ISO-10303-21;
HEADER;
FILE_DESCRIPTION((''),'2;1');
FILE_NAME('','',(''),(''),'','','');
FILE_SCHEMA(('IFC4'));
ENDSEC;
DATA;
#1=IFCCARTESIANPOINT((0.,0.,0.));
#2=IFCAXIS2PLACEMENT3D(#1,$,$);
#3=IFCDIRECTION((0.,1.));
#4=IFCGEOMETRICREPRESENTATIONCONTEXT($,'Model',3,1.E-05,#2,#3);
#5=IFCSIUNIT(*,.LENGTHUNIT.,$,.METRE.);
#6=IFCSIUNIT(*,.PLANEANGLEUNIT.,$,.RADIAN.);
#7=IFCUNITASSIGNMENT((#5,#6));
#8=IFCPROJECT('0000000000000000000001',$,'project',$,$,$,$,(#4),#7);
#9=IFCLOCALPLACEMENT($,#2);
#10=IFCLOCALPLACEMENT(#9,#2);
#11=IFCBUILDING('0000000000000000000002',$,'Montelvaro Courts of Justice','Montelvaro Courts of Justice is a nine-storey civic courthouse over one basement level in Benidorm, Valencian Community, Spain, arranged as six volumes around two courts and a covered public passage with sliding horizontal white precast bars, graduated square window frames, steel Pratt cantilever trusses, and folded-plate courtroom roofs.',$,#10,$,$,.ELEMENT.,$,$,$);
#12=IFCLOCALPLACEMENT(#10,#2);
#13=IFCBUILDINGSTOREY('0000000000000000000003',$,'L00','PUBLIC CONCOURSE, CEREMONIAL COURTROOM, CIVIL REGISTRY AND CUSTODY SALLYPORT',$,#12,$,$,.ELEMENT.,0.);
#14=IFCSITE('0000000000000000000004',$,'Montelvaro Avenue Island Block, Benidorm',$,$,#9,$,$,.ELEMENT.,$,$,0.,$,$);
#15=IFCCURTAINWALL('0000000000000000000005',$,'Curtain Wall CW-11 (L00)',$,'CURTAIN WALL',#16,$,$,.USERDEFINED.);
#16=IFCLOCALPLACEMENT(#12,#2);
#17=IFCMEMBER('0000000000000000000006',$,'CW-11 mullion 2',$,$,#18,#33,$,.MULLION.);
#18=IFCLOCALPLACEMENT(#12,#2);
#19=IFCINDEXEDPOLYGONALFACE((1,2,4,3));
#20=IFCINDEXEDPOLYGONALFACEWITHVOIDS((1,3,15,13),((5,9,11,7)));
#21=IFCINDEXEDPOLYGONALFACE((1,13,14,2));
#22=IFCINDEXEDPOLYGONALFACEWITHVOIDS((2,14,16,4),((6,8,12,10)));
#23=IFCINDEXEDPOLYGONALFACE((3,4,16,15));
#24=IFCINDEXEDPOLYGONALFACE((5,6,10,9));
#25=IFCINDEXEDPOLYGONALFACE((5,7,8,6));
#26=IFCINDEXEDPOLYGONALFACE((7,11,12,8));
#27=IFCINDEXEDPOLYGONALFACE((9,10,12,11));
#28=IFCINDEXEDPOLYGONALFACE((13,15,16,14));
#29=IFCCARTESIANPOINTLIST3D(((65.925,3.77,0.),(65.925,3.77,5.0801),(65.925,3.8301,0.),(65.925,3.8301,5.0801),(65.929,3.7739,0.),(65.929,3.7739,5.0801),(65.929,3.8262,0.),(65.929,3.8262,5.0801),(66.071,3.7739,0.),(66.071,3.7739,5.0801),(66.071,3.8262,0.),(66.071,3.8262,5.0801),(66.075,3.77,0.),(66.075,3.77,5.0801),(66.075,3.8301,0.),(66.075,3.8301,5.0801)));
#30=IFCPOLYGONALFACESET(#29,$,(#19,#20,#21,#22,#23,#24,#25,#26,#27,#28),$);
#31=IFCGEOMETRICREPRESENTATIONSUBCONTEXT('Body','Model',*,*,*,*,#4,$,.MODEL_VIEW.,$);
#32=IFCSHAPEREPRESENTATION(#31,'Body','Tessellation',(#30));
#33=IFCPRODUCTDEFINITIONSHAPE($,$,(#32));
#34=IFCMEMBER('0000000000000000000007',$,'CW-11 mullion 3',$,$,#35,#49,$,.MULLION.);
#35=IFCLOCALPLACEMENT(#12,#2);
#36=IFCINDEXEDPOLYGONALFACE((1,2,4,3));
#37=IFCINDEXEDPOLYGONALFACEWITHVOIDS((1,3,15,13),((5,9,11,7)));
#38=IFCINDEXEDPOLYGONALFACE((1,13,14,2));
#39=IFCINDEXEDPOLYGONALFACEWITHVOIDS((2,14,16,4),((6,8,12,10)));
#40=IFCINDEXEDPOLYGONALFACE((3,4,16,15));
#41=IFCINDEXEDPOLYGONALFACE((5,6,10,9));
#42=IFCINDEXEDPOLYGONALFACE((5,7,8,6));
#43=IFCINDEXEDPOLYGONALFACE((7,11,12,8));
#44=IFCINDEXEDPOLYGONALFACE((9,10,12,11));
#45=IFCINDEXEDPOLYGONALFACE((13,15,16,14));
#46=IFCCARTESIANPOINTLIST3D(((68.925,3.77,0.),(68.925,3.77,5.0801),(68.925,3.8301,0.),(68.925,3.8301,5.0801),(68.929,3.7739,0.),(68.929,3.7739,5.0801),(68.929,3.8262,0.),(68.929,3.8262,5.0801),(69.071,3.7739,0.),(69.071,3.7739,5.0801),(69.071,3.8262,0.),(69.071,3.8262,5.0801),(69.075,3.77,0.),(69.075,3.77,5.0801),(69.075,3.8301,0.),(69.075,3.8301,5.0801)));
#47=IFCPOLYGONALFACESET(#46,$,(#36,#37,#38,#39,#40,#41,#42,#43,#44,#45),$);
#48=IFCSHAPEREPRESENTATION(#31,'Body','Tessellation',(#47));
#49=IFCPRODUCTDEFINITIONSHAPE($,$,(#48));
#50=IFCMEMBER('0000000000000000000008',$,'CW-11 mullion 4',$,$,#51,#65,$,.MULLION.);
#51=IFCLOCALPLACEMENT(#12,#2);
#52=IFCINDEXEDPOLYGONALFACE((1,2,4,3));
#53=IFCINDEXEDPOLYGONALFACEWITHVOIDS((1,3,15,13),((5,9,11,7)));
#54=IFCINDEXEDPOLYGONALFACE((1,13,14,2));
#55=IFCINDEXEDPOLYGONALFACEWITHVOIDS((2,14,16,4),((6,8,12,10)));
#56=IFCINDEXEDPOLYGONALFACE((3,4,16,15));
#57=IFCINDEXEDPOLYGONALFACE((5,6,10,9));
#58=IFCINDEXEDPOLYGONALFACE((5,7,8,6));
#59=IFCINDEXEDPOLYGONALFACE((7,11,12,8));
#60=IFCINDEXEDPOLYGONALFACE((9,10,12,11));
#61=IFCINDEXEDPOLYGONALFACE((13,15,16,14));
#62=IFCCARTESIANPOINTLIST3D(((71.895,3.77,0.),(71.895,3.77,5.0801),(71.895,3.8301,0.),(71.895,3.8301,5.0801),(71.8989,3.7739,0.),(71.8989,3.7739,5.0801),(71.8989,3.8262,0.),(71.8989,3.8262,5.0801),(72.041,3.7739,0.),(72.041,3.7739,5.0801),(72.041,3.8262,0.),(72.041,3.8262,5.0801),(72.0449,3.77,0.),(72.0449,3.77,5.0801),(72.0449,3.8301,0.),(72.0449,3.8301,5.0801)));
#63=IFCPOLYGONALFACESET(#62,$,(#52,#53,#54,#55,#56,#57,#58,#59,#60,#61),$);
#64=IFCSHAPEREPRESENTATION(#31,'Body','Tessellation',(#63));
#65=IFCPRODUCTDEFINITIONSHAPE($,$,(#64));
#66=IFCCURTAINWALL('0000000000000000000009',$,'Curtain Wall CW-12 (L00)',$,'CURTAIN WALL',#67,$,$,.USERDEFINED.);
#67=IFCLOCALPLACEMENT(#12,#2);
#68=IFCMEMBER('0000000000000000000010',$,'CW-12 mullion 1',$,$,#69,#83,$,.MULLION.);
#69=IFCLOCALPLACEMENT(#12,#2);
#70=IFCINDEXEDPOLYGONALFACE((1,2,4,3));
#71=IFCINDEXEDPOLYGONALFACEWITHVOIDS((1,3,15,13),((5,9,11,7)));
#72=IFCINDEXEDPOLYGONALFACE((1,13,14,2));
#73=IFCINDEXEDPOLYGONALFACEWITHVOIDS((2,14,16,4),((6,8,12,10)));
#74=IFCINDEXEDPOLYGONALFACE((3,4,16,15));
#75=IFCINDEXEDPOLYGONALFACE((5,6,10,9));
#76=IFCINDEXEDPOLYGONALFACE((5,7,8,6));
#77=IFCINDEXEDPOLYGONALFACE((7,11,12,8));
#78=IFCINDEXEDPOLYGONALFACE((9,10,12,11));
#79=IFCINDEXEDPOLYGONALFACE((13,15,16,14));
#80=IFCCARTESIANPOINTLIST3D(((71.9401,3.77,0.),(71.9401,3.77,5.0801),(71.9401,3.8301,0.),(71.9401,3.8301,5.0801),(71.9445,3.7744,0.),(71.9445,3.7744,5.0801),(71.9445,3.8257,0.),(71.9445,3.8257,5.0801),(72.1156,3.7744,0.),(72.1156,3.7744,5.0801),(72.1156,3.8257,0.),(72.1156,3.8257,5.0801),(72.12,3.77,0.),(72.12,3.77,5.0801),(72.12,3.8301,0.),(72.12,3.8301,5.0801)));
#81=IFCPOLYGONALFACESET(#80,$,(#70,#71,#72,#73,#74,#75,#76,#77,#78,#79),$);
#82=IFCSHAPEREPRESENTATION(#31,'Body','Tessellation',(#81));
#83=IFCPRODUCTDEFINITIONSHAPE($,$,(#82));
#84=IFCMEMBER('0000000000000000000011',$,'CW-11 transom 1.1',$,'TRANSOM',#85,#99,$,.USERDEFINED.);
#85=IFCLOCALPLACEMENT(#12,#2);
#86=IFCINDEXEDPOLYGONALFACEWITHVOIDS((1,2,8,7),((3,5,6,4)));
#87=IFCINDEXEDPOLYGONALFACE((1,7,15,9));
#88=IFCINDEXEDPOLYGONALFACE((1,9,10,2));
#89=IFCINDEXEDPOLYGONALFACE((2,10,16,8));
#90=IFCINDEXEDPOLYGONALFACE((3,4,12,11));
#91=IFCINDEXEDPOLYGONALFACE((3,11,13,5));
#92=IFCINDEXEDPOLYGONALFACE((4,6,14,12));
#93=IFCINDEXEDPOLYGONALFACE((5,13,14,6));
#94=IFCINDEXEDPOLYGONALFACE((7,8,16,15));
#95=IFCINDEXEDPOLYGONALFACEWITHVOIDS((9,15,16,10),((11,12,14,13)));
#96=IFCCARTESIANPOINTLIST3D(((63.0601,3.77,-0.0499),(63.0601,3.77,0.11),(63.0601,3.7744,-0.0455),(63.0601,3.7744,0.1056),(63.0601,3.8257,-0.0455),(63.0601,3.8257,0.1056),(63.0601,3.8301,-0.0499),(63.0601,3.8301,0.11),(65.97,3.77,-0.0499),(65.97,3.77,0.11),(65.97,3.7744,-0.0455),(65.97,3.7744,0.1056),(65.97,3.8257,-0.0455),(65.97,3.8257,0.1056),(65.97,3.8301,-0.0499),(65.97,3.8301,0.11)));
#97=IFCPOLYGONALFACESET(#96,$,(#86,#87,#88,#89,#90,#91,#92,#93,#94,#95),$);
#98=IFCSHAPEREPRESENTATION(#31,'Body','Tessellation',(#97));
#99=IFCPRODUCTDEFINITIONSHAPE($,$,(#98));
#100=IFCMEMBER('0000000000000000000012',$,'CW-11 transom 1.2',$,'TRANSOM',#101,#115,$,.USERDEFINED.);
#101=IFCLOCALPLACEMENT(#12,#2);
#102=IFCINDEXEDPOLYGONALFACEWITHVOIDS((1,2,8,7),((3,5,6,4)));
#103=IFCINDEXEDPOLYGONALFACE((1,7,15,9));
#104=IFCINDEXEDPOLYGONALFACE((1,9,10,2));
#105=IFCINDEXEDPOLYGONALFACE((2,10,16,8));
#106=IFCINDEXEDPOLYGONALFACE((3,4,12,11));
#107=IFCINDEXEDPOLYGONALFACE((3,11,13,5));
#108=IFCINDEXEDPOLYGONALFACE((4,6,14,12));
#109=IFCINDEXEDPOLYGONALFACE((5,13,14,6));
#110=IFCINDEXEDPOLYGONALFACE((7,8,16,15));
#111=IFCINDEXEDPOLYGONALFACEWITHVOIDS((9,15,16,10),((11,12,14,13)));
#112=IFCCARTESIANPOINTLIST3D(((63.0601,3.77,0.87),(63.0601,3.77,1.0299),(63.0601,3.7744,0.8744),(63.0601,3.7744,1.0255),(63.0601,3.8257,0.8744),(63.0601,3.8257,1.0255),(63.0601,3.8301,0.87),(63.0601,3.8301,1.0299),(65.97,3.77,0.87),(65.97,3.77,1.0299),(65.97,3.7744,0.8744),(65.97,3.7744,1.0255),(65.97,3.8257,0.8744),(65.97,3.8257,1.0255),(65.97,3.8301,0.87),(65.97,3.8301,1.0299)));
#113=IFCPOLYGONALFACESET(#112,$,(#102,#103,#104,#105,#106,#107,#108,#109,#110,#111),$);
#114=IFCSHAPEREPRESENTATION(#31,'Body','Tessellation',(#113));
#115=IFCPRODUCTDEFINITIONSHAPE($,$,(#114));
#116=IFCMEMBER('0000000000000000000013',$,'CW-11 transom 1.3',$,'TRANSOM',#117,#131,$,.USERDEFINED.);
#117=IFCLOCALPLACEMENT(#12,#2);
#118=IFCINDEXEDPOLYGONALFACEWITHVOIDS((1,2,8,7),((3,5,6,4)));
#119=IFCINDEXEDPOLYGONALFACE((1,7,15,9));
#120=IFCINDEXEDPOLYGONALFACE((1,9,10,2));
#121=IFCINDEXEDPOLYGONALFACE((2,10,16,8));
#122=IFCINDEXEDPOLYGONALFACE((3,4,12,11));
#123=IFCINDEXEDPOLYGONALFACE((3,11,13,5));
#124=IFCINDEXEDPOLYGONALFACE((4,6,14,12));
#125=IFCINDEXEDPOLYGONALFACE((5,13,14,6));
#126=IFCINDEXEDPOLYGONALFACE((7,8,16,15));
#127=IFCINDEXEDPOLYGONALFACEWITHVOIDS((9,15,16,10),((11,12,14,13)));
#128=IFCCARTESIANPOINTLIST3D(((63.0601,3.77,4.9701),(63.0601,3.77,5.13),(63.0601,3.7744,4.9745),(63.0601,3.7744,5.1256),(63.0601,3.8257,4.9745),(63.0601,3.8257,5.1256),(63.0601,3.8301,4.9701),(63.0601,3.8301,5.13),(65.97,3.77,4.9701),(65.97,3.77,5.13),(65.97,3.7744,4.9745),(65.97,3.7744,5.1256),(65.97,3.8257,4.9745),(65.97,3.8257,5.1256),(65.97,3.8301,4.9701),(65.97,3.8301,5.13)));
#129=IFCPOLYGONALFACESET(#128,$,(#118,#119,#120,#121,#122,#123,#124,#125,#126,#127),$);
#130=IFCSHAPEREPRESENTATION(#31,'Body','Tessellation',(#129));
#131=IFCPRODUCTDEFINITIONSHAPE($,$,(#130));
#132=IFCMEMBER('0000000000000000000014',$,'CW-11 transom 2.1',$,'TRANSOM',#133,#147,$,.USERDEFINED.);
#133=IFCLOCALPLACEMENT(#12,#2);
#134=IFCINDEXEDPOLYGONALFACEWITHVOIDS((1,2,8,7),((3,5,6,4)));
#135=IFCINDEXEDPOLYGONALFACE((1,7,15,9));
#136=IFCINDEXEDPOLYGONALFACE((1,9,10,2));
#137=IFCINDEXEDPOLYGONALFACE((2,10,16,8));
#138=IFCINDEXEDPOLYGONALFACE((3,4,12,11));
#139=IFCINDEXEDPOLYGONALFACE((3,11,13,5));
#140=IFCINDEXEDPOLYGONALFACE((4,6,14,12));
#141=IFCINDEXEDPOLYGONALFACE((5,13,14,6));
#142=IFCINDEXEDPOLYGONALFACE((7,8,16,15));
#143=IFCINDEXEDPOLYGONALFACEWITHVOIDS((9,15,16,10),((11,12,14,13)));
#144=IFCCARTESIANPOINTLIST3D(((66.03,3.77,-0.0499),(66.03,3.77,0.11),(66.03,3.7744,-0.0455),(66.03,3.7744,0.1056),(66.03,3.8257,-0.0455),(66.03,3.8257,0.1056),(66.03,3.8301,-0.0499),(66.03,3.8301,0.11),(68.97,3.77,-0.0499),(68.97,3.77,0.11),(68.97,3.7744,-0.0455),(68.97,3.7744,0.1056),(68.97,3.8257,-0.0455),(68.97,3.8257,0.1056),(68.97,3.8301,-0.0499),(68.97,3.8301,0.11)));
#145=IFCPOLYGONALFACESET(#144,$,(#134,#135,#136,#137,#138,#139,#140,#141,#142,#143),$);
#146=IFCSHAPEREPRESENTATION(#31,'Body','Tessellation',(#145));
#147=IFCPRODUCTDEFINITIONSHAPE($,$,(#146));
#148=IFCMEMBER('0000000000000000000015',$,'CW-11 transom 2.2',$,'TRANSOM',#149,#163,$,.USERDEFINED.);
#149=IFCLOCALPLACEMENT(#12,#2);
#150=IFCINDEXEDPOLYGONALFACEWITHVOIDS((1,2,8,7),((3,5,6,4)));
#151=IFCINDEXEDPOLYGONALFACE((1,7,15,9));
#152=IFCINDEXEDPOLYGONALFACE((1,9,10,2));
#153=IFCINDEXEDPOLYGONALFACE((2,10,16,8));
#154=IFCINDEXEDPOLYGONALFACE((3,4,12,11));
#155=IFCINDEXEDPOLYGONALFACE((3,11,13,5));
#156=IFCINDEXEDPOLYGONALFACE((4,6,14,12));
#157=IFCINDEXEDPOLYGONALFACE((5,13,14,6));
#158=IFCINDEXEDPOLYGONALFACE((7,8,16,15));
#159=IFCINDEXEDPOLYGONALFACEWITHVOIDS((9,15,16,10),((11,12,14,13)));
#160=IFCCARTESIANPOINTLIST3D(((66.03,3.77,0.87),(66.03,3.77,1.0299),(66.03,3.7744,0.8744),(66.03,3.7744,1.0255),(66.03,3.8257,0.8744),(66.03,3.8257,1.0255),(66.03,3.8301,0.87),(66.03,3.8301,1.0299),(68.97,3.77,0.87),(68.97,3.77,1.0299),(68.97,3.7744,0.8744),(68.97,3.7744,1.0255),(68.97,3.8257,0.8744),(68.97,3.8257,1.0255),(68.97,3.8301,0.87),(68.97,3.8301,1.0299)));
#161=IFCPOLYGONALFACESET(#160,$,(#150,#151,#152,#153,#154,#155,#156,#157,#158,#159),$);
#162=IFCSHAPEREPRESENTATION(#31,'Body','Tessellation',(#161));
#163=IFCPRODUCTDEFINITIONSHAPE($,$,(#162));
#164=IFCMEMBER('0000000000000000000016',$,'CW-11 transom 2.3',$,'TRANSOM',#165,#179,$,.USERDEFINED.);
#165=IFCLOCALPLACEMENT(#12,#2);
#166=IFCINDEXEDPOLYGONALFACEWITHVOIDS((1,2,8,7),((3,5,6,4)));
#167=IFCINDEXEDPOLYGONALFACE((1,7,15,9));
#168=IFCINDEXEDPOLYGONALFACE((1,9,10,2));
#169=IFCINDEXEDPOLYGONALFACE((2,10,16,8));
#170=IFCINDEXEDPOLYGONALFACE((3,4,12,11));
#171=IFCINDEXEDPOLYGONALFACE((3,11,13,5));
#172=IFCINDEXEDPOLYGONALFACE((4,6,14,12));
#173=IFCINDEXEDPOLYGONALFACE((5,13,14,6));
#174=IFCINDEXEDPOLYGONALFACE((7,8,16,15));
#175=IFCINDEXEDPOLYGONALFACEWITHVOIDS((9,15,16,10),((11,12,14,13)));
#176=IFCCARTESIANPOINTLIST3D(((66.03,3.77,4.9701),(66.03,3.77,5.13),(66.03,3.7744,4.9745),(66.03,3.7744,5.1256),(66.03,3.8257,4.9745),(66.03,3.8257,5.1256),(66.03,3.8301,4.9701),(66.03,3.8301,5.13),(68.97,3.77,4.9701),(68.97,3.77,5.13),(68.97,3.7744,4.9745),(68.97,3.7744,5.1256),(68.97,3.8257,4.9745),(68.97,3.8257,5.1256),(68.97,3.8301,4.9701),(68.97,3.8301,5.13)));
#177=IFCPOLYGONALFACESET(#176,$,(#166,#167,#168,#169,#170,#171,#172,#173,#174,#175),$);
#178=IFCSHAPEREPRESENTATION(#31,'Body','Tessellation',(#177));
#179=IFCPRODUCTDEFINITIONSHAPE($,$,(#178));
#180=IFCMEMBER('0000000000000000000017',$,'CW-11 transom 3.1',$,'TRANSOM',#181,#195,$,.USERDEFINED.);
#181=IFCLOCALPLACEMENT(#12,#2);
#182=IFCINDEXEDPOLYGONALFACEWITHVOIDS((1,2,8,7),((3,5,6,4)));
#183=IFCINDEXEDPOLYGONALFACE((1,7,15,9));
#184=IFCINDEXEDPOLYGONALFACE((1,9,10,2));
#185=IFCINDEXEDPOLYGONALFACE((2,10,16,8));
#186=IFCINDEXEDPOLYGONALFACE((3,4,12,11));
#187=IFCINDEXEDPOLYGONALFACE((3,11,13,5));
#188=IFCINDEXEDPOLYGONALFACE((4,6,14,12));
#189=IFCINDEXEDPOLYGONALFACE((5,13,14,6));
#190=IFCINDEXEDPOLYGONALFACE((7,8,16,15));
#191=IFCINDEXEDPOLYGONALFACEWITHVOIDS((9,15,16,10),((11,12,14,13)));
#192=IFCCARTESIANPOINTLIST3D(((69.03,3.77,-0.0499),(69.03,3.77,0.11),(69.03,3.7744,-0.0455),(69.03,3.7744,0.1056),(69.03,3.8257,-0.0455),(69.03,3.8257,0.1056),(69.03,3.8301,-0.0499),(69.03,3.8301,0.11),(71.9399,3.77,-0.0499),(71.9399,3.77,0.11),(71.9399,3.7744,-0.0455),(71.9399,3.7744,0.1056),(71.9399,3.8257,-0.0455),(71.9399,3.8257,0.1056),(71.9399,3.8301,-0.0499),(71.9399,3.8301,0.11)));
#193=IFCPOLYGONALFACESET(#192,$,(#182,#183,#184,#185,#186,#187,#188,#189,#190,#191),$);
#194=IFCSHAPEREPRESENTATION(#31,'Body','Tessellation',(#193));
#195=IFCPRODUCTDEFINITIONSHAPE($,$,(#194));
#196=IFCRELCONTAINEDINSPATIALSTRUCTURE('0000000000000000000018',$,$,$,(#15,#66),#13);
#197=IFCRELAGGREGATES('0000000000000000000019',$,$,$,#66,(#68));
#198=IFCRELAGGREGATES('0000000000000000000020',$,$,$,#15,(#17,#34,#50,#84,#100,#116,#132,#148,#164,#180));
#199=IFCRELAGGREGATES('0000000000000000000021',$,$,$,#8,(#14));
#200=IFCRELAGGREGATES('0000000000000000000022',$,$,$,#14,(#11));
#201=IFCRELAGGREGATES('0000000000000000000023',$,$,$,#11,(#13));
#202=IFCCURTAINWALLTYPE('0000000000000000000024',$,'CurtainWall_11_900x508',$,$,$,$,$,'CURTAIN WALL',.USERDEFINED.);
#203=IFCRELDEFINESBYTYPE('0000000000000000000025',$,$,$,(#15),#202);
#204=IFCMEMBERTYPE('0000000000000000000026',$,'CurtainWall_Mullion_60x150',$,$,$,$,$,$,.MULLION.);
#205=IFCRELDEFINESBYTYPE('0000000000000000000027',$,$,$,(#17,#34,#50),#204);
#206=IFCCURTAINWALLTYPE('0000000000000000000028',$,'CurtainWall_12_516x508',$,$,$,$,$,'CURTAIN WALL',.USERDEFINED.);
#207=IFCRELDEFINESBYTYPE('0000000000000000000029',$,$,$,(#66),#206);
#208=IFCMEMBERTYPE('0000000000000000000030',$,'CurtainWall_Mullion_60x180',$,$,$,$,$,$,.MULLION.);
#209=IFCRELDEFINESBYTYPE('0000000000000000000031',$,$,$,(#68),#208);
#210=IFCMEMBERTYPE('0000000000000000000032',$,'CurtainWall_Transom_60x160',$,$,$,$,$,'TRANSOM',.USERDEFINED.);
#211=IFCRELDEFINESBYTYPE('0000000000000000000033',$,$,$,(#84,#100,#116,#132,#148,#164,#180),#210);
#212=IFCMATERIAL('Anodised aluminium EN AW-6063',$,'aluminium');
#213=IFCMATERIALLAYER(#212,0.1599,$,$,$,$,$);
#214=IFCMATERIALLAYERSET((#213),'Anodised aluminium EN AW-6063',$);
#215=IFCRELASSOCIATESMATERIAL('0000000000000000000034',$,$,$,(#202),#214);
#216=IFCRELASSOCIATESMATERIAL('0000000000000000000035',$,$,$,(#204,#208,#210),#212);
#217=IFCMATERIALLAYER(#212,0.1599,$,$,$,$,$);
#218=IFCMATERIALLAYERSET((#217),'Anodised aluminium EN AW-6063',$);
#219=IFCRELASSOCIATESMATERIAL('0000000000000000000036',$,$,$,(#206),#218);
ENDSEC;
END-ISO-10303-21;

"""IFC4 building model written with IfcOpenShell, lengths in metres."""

from ifc_helpers import new_model, si_unit, direction, frame, origin, origin_2d, place, context, subcontext, project, spatial, hollow_rectangle, extrude, material, layer, layer_set, material_profile, profile_set, type_object, element, aggregate, save


model = new_model("IFC4")

# Units and contexts
model_context = context("Model", 3, precision=1e-05, world=origin(), true_north=direction((0.0, 1.0)))
body_context = subcontext(model_context, "Body", "Model", "MODEL_VIEW")
ifc_project = project(units=[si_unit("LENGTHUNIT", "METRE"), si_unit("PLANEANGLEUNIT", "RADIAN")], contexts=[model_context])

# Site, building, storey
site_placement = place(None, origin())
site = spatial("IfcSite", under=ifc_project, at=site_placement, Name="Montelvaro Avenue Island Block, Benidorm", CompositionType="ELEMENT", RefElevation=0.0)
building_placement = place(site_placement, origin())
building = spatial("IfcBuilding", under=site, at=building_placement, Name="Montelvaro Courts of Justice", Description="Montelvaro Courts of Justice is a nine-storey civic courthouse over one basement level in Benidorm, Valencian Community, Spain, arranged as six volumes around two courts and a covered public passage with sliding horizontal white precast bars, graduated square window frames, steel Pratt cantilever trusses, and folded-plate courtroom roofs.", CompositionType="ELEMENT")
storey_placement = place(building_placement, origin())
storey = spatial("IfcBuildingStorey", under=building, at=storey_placement, Name="L00", Description="PUBLIC CONCOURSE, CEREMONIAL COURTROOM, CIVIL REGISTRY AND CUSTODY SALLYPORT", CompositionType="ELEMENT", Elevation=0.0)

# Curtain wall, members
ifc_material_1 = material(Name="Anodised aluminium EN AW-6063", Category="aluminium")
ifc_layer_1 = layer(ifc_material_1, 0.1599)
ifc_layer_set_1 = layer_set([ifc_layer_1], Name="Anodised aluminium EN AW-6063")
curtain_wall_type_1 = type_object("IfcCurtainWallType", Name="CurtainWall_11_900x508", ElementType="CURTAIN WALL", PredefinedType="USERDEFINED", material=ifc_layer_set_1)
curtain_wall_1_placement = place(storey_placement, origin())
curtain_wall_1 = element("IfcCurtainWall", 1, at=curtain_wall_1_placement, inside=storey, type_object=curtain_wall_type_1, Name="Curtain Wall CW-11 (L00)", ObjectType="CURTAIN WALL", PredefinedType="USERDEFINED")
ifc_material_profile_1 = material_profile(ifc_material_1, hollow_rectangle(XDim=0.0601, YDim=0.1499, WallThickness=0.0039, at=origin_2d()), Name="ALU-M 60x150")
ifc_profile_set_1 = profile_set([ifc_material_profile_1], Name="Anodised aluminium EN AW-6063")
member_type_1 = type_object("IfcMemberType", Name="CurtainWall_Mullion_60x150", PredefinedType="MULLION", material=ifc_profile_set_1)
member_1_placement = place(storey_placement, frame((66.0, 3.8, 0.0), z_axis=(0.0, 0.0, 1.0), x_axis=(0.0, 1.0, 0.0)))
member_1 = element("IfcMember", 2, at=member_1_placement, type_object=member_type_1, Name="CW-11 mullion 2", PredefinedType="MULLION", context=body_context, shape_type="SweptSolid", body=[
    extrude(hollow_rectangle(XDim=0.0601, YDim=0.1499, WallThickness=0.0039, at=origin_2d()), origin(), (0.0, 0.0, 1.0), 5.0801),
])
member_2_placement = place(storey_placement, frame((69.0, 3.8, 0.0), z_axis=(0.0, 0.0, 1.0), x_axis=(0.0, 1.0, 0.0)))
member_2 = element("IfcMember", 3, at=member_2_placement, type_object=member_type_1, Name="CW-11 mullion 3", PredefinedType="MULLION", context=body_context, shape_type="SweptSolid", body=[
    extrude(hollow_rectangle(XDim=0.0601, YDim=0.1499, WallThickness=0.0039, at=origin_2d()), origin(), (0.0, 0.0, 1.0), 5.0801),
])
member_3_placement = place(storey_placement, frame((71.97, 3.8, 0.0), z_axis=(0.0, 0.0, 1.0), x_axis=(0.0, 1.0, 0.0)))
member_3 = element("IfcMember", 4, at=member_3_placement, type_object=member_type_1, Name="CW-11 mullion 4", PredefinedType="MULLION", context=body_context, shape_type="SweptSolid", body=[
    extrude(hollow_rectangle(XDim=0.0601, YDim=0.1499, WallThickness=0.0039, at=origin_2d()), origin(), (0.0, 0.0, 1.0), 5.0801),
])

# Curtain wall, member
ifc_layer_2 = layer(ifc_material_1, 0.1599)
ifc_layer_set_2 = layer_set([ifc_layer_2], Name="Anodised aluminium EN AW-6063")
curtain_wall_type_2 = type_object("IfcCurtainWallType", Name="CurtainWall_12_516x508", ElementType="CURTAIN WALL", PredefinedType="USERDEFINED", material=ifc_layer_set_2)
curtain_wall_2_placement = place(storey_placement, origin())
curtain_wall_2 = element("IfcCurtainWall", 5, at=curtain_wall_2_placement, inside=storey, type_object=curtain_wall_type_2, Name="Curtain Wall CW-12 (L00)", ObjectType="CURTAIN WALL", PredefinedType="USERDEFINED")
ifc_material_profile_2 = material_profile(ifc_material_1, hollow_rectangle(XDim=0.0601, YDim=0.1799, WallThickness=0.0044, at=origin_2d()), Name="ALU-M 60x180")
ifc_profile_set_2 = profile_set([ifc_material_profile_2], Name="Anodised aluminium EN AW-6063")
member_type_2 = type_object("IfcMemberType", Name="CurtainWall_Mullion_60x180", PredefinedType="MULLION", material=ifc_profile_set_2)
member_4_placement = place(storey_placement, frame((72.03, 3.8, 0.0), z_axis=(0.0, 0.0, 1.0), x_axis=(0.0, 1.0, 0.0)))
member_4 = element("IfcMember", 6, at=member_4_placement, type_object=member_type_2, Name="CW-12 mullion 1", PredefinedType="MULLION", context=body_context, shape_type="SweptSolid", body=[
    extrude(hollow_rectangle(XDim=0.0601, YDim=0.1799, WallThickness=0.0044, at=origin_2d()), origin(), (0.0, 0.0, 1.0), 5.0801),
])

# Members
ifc_material_profile_3 = material_profile(ifc_material_1, hollow_rectangle(XDim=0.0601, YDim=0.1599, WallThickness=0.0044, at=origin_2d()), Name="ALU-T 60x160")
ifc_profile_set_3 = profile_set([ifc_material_profile_3], Name="Anodised aluminium EN AW-6063")
member_type_3 = type_object("IfcMemberType", Name="CurtainWall_Transom_60x160", ElementType="TRANSOM", PredefinedType="USERDEFINED", material=ifc_profile_set_3)
member_5_placement = place(storey_placement, frame((63.0601, 3.8, 0.03), z_axis=(1.0, 0.0, 0.0), x_axis=(0.0, 1.0, 0.0)))
member_5 = element("IfcMember", 7, at=member_5_placement, type_object=member_type_3, Name="CW-11 transom 1.1", ObjectType="TRANSOM", PredefinedType="USERDEFINED", context=body_context, shape_type="SweptSolid", body=[
    extrude(hollow_rectangle(XDim=0.0601, YDim=0.1599, WallThickness=0.0044, at=origin_2d()), origin(), (0.0, 0.0, 1.0), 2.9099),
])
member_6_placement = place(storey_placement, frame((63.0601, 3.8, 0.95), z_axis=(1.0, 0.0, 0.0), x_axis=(0.0, 1.0, 0.0)))
member_6 = element("IfcMember", 8, at=member_6_placement, type_object=member_type_3, Name="CW-11 transom 1.2", ObjectType="TRANSOM", PredefinedType="USERDEFINED", context=body_context, shape_type="SweptSolid", body=[
    extrude(hollow_rectangle(XDim=0.0601, YDim=0.1599, WallThickness=0.0044, at=origin_2d()), origin(), (0.0, 0.0, 1.0), 2.9099),
])
member_7_placement = place(storey_placement, frame((63.0601, 3.8, 5.05), z_axis=(1.0, 0.0, 0.0), x_axis=(0.0, 1.0, 0.0)))
member_7 = element("IfcMember", 9, at=member_7_placement, type_object=member_type_3, Name="CW-11 transom 1.3", ObjectType="TRANSOM", PredefinedType="USERDEFINED", context=body_context, shape_type="SweptSolid", body=[
    extrude(hollow_rectangle(XDim=0.0601, YDim=0.1599, WallThickness=0.0044, at=origin_2d()), origin(), (0.0, 0.0, 1.0), 2.9099),
])
member_8_placement = place(storey_placement, frame((66.03, 3.8, 0.03), z_axis=(1.0, 0.0, 0.0), x_axis=(0.0, 1.0, 0.0)))
member_8 = element("IfcMember", 10, at=member_8_placement, type_object=member_type_3, Name="CW-11 transom 2.1", ObjectType="TRANSOM", PredefinedType="USERDEFINED", context=body_context, shape_type="SweptSolid", body=[
    extrude(hollow_rectangle(XDim=0.0601, YDim=0.1599, WallThickness=0.0044, at=origin_2d()), origin(), (0.0, 0.0, 1.0), 2.9399),
])
member_9_placement = place(storey_placement, frame((66.03, 3.8, 0.95), z_axis=(1.0, 0.0, 0.0), x_axis=(0.0, 1.0, 0.0)))
member_9 = element("IfcMember", 11, at=member_9_placement, type_object=member_type_3, Name="CW-11 transom 2.2", ObjectType="TRANSOM", PredefinedType="USERDEFINED", context=body_context, shape_type="SweptSolid", body=[
    extrude(hollow_rectangle(XDim=0.0601, YDim=0.1599, WallThickness=0.0044, at=origin_2d()), origin(), (0.0, 0.0, 1.0), 2.9399),
])
member_10_placement = place(storey_placement, frame((66.03, 3.8, 5.05), z_axis=(1.0, 0.0, 0.0), x_axis=(0.0, 1.0, 0.0)))
member_10 = element("IfcMember", 12, at=member_10_placement, type_object=member_type_3, Name="CW-11 transom 2.3", ObjectType="TRANSOM", PredefinedType="USERDEFINED", context=body_context, shape_type="SweptSolid", body=[
    extrude(hollow_rectangle(XDim=0.0601, YDim=0.1599, WallThickness=0.0044, at=origin_2d()), origin(), (0.0, 0.0, 1.0), 2.9399),
])
member_11_placement = place(storey_placement, frame((69.03, 3.8, 0.03), z_axis=(1.0, 0.0, 0.0), x_axis=(0.0, 1.0, 0.0)))
member_11 = element("IfcMember", 13, at=member_11_placement, type_object=member_type_3, Name="CW-11 transom 3.1", ObjectType="TRANSOM", PredefinedType="USERDEFINED", context=body_context, shape_type="SweptSolid", body=[
    extrude(hollow_rectangle(XDim=0.0601, YDim=0.1599, WallThickness=0.0044, at=origin_2d()), origin(), (0.0, 0.0, 1.0), 2.9099),
])
aggregate(curtain_wall_2, [member_4])

aggregate(curtain_wall_1, [member_1, member_2, member_3, member_5, member_6, member_7, member_8, member_9, member_10, member_11])

save(model, "model.ifc")
